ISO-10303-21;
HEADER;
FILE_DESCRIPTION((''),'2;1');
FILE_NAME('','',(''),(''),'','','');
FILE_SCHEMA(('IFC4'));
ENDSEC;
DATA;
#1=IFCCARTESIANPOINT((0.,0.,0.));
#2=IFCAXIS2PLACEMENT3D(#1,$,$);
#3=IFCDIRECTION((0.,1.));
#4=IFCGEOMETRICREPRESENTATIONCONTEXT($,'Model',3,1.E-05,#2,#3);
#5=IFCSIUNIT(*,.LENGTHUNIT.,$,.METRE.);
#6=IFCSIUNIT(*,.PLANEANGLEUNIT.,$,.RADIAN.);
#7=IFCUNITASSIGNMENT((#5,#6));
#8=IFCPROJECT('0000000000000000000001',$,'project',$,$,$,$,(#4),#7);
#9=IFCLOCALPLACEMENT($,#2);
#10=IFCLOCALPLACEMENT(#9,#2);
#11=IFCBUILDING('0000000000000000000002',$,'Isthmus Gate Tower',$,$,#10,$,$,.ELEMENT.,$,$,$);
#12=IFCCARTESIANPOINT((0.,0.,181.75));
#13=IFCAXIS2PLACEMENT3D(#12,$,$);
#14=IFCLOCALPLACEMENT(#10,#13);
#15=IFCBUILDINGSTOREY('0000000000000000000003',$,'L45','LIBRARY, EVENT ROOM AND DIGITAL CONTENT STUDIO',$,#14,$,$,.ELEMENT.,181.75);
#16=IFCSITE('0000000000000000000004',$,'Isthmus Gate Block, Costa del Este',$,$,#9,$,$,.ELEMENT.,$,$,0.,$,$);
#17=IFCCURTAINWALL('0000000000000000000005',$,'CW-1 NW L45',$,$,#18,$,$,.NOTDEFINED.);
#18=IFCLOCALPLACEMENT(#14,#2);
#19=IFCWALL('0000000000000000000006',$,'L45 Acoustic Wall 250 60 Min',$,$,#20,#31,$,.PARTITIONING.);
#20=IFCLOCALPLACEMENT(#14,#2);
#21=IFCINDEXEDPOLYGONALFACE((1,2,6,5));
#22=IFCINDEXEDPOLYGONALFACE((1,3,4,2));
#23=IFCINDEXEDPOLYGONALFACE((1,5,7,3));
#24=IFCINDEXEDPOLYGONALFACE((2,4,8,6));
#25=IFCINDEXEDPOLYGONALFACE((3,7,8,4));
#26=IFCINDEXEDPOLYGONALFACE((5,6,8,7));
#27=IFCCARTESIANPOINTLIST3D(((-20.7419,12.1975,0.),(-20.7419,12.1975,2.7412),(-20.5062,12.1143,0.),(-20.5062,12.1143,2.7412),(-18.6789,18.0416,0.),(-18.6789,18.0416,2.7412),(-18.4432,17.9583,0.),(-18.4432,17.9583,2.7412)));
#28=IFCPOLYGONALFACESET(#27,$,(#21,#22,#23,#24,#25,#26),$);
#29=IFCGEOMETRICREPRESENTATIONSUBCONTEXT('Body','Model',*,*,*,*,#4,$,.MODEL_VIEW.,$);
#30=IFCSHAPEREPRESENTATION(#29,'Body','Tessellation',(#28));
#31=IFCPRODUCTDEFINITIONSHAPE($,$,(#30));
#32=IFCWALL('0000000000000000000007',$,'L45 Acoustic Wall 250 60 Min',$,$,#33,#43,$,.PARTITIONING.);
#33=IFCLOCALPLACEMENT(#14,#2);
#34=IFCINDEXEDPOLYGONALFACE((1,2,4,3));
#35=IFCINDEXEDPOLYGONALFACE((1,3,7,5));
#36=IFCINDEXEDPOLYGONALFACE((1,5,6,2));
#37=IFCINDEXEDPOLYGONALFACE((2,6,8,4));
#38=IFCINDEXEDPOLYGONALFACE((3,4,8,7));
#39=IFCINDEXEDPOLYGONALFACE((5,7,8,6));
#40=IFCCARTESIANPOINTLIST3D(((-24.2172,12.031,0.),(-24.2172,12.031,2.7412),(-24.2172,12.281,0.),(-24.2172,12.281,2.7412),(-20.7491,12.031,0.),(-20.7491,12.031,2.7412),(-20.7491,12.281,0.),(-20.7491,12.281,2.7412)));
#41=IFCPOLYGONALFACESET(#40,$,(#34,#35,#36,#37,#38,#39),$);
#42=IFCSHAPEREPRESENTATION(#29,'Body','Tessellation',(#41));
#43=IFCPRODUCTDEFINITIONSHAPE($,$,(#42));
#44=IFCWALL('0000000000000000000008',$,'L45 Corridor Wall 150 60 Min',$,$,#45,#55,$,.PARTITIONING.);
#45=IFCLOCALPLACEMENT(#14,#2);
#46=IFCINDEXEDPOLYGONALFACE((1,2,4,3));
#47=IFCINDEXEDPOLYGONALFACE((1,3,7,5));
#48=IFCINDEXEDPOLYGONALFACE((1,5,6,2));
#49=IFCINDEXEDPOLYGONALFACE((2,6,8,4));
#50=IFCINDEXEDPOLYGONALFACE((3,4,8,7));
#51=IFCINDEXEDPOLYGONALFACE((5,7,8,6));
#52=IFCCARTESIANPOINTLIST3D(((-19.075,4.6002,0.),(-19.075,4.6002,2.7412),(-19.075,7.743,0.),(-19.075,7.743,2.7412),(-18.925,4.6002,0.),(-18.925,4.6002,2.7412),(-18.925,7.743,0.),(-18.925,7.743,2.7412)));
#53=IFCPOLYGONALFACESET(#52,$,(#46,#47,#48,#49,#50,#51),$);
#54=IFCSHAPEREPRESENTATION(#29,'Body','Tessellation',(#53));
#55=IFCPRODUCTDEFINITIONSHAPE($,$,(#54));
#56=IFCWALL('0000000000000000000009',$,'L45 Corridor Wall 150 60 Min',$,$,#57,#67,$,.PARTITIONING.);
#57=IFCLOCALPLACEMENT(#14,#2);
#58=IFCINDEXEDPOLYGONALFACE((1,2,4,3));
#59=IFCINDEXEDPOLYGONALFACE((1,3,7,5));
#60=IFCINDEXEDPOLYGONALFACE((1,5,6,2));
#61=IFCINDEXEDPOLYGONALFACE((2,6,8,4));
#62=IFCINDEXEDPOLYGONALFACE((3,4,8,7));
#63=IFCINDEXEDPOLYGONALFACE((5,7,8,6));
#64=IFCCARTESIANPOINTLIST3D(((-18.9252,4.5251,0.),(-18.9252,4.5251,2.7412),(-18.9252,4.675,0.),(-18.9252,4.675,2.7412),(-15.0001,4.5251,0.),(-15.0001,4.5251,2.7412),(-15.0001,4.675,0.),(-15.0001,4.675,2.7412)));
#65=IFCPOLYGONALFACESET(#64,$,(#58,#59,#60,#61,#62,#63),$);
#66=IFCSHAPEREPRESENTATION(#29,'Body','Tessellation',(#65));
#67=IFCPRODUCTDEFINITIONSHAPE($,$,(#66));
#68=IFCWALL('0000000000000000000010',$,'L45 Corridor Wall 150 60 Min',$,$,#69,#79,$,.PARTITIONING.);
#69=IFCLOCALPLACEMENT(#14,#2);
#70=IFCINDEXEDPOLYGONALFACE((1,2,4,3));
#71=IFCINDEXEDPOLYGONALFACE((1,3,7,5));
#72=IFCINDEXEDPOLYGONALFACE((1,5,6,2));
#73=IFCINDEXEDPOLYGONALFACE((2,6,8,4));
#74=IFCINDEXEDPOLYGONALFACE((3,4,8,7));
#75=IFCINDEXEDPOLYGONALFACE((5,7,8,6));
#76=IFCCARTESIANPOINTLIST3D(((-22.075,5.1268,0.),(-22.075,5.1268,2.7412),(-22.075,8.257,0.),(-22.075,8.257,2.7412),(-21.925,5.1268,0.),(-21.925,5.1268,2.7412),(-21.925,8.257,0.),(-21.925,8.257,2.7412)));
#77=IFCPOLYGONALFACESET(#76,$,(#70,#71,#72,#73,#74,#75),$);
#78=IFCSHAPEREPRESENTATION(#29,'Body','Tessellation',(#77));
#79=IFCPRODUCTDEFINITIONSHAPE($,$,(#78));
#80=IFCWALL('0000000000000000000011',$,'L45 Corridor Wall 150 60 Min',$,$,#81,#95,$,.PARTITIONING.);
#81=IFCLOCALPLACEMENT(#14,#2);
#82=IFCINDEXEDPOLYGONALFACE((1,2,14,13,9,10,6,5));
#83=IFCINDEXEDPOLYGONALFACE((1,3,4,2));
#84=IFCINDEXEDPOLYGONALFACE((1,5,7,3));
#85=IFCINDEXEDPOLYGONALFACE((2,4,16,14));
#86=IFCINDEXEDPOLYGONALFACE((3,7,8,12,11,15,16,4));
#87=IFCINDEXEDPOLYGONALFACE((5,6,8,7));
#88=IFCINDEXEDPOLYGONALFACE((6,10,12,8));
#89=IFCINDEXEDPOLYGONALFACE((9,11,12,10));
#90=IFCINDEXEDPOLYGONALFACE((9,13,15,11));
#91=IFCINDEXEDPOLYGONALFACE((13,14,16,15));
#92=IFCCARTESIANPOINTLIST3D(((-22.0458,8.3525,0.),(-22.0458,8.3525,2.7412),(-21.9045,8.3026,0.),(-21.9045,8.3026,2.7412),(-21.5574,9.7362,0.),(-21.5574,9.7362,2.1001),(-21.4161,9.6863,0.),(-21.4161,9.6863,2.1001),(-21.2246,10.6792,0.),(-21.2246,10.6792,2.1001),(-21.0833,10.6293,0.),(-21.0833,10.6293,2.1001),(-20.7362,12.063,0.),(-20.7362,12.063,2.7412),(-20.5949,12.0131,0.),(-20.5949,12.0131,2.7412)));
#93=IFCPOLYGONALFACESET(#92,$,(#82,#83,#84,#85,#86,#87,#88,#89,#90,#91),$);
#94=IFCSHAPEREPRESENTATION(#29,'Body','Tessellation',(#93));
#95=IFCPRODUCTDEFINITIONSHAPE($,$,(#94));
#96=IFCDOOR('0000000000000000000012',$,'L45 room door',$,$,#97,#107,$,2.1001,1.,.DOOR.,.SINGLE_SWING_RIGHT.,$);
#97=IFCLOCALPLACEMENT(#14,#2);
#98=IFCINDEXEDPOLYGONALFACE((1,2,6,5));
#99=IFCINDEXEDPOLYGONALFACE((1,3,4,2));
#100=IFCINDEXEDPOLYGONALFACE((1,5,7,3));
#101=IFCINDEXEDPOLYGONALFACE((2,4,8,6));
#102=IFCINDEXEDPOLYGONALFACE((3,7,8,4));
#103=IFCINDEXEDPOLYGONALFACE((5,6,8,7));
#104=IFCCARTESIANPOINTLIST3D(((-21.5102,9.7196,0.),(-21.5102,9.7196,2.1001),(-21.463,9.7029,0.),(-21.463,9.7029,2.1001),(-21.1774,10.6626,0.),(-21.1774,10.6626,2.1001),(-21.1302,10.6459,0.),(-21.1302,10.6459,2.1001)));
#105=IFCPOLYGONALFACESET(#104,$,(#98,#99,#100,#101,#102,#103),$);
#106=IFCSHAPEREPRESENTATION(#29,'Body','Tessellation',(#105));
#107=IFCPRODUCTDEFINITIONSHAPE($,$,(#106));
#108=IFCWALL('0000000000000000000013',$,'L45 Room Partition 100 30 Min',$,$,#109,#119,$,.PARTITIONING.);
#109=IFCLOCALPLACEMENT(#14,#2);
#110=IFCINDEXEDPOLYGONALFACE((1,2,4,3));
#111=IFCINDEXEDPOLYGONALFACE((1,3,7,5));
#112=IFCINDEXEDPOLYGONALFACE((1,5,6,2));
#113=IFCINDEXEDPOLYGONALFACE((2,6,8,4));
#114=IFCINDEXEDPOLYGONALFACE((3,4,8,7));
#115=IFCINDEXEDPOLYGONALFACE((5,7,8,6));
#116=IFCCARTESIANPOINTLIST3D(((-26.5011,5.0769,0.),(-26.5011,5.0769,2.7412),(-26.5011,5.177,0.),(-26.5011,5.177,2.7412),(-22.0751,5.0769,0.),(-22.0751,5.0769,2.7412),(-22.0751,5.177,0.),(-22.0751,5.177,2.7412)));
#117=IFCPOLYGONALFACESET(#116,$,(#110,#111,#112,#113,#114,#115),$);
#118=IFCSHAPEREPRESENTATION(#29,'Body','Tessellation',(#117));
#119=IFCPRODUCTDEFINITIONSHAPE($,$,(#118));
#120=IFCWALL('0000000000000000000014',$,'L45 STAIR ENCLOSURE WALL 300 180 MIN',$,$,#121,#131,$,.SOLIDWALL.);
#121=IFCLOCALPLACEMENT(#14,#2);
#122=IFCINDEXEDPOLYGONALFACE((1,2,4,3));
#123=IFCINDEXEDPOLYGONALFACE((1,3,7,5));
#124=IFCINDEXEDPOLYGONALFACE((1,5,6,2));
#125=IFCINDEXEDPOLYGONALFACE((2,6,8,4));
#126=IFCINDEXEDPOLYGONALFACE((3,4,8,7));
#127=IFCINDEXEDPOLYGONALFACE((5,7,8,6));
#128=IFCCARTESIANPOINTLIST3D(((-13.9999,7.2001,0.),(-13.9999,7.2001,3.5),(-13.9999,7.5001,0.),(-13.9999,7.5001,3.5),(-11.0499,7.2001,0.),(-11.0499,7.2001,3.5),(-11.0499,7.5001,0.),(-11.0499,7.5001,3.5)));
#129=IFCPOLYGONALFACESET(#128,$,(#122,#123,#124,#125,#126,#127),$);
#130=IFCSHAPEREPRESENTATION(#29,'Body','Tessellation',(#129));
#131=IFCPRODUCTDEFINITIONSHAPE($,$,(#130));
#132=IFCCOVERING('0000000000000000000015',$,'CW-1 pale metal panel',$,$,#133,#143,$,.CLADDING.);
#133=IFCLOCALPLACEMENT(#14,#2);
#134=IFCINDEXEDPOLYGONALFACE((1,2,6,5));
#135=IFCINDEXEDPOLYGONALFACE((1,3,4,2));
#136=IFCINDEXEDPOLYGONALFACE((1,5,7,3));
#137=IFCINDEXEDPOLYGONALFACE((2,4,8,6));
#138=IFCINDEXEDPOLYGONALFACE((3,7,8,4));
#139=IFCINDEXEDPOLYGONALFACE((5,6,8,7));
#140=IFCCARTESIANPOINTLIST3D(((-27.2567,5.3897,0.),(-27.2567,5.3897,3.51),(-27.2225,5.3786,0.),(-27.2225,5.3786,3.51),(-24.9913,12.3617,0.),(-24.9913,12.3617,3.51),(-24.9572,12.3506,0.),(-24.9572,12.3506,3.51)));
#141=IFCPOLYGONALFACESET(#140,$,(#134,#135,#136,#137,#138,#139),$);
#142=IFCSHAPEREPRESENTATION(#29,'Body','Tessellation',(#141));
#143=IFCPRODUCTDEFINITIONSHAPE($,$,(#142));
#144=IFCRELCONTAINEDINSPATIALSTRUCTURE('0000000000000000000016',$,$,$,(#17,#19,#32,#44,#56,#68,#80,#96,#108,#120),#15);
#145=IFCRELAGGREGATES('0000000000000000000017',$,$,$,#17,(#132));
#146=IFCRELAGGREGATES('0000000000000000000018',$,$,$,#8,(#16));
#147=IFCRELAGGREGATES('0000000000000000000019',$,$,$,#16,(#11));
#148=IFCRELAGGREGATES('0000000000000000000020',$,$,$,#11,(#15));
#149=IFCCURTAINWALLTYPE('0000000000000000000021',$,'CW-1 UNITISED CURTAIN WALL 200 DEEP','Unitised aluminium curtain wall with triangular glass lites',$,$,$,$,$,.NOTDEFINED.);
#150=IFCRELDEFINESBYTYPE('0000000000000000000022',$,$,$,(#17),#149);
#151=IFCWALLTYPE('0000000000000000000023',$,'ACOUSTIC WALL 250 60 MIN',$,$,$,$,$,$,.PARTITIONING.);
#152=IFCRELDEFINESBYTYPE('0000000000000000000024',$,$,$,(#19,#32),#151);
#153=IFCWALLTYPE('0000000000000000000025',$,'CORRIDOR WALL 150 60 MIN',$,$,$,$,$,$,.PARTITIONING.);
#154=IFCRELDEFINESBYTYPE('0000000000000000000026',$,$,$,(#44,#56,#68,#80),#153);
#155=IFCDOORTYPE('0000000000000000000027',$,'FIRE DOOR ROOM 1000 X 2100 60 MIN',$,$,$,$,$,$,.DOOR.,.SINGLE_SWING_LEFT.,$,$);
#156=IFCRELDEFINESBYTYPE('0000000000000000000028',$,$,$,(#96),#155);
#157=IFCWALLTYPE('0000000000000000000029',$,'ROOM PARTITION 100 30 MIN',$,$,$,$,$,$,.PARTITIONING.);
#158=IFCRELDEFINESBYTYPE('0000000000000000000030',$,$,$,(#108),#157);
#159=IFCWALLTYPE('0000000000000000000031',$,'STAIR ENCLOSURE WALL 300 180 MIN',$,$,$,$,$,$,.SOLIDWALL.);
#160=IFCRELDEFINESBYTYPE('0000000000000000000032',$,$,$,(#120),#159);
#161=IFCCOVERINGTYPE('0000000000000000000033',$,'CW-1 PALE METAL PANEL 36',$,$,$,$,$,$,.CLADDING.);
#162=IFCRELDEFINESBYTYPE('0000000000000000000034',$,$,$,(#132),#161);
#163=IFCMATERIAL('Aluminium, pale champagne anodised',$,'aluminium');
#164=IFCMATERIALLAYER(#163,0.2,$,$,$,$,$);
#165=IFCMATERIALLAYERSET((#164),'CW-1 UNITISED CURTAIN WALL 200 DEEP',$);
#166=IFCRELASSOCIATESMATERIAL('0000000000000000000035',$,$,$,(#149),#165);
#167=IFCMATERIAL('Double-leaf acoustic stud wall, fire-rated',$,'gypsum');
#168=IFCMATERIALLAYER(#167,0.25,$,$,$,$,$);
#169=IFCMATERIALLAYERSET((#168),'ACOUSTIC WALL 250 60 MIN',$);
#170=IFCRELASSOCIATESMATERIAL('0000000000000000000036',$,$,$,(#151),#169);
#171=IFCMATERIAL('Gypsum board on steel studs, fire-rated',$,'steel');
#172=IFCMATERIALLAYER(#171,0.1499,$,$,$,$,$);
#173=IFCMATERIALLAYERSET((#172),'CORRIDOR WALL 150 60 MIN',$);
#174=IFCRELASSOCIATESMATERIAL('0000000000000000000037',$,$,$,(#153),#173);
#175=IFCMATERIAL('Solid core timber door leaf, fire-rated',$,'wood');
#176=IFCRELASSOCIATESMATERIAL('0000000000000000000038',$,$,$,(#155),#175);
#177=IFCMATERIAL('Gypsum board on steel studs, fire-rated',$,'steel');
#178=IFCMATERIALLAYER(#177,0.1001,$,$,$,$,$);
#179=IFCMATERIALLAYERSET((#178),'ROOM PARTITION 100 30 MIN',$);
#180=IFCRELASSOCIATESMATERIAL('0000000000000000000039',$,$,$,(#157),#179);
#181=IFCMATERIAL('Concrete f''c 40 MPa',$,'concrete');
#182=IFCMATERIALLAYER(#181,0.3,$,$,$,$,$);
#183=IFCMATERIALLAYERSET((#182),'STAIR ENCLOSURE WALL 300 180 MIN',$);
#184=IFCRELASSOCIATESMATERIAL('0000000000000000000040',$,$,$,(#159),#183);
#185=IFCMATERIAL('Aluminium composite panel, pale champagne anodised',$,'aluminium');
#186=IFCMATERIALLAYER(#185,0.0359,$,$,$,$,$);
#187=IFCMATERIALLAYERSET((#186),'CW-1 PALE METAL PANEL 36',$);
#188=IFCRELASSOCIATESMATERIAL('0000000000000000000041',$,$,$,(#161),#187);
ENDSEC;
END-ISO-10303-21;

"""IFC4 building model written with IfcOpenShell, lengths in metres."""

from ifc_helpers import new_model, si_unit, direction, frame, frame_2d, origin, origin_2d, place, context, subcontext, project, spatial, rectangle, extrude, material, layer, layer_set, type_object, element, fill, aggregate, save


model = new_model("IFC4")

# Units and contexts
model_context = context("Model", 3, precision=1e-05, world=origin(), true_north=direction((0.0, 1.0)))
body_context = subcontext(model_context, "Body", "Model", "MODEL_VIEW")
ifc_project = project(units=[si_unit("LENGTHUNIT", "METRE"), si_unit("PLANEANGLEUNIT", "RADIAN")], contexts=[model_context])

# Site, building, storey
site_placement = place(None, origin())
site = spatial("IfcSite", under=ifc_project, at=site_placement, Name="Isthmus Gate Block, Costa del Este", CompositionType="ELEMENT", RefElevation=0.0)
building_placement = place(site_placement, origin())
building = spatial("IfcBuilding", under=site, at=building_placement, Name="Isthmus Gate Tower", CompositionType="ELEMENT")
storey_placement = place(building_placement, frame((0.0, 0.0, 181.75)))
storey = spatial("IfcBuildingStorey", under=building, at=storey_placement, Name="L45", Description="LIBRARY, EVENT ROOM AND DIGITAL CONTENT STUDIO", CompositionType="ELEMENT", Elevation=181.75)

# Curtain wall
ifc_material_1 = material(Name="Aluminium, pale champagne anodised", Category="aluminium")
ifc_layer_1 = layer(ifc_material_1, 0.2)
ifc_layer_set_1 = layer_set([ifc_layer_1], Name="CW-1 UNITISED CURTAIN WALL 200 DEEP")
curtain_wall_type = type_object("IfcCurtainWallType", Name="CW-1 UNITISED CURTAIN WALL 200 DEEP", Description="Unitised aluminium curtain wall with triangular glass lites", PredefinedType="NOTDEFINED", material=ifc_layer_set_1)
curtain_wall_placement = place(storey_placement, origin())
curtain_wall = element("IfcCurtainWall", 1, at=curtain_wall_placement, inside=storey, type_object=curtain_wall_type, Name="CW-1 NW L45", PredefinedType="NOTDEFINED")

# Walls
ifc_material_2 = material(Name="Double-leaf acoustic stud wall, fire-rated", Category="gypsum")
ifc_layer_2 = layer(ifc_material_2, 0.25)
ifc_layer_set_2 = layer_set([ifc_layer_2], Name="ACOUSTIC WALL 250 60 MIN")
wall_type_1 = type_object("IfcWallType", Name="ACOUSTIC WALL 250 60 MIN", PredefinedType="PARTITIONING", material=ifc_layer_set_2)
wall_1_placement = place(storey_placement, frame((-20.624, 12.156, 0.0), z_axis=(0.0, 0.0, 1.0), x_axis=(0.332878, 0.94297, 0.0)))
element("IfcWall", 2, at=wall_1_placement, inside=storey, type_object=wall_type_1, Name="L45 Acoustic Wall 250 60 Min", PredefinedType="PARTITIONING", context=body_context, shape_type="SweptSolid", body=[
    extrude(rectangle(XDim=6.1975, YDim=0.25, at=frame_2d((3.0986, 0.0))), origin(), (0.0, 0.0, 1.0), 2.7412),
])
wall_2_placement = place(storey_placement, frame((-24.217, 12.156, 0.0), z_axis=(0.0, 0.0, 1.0), x_axis=(1.0, 0.0, 0.0)))
element("IfcWall", 3, at=wall_2_placement, inside=storey, type_object=wall_type_1, Name="L45 Acoustic Wall 250 60 Min", PredefinedType="PARTITIONING", context=body_context, shape_type="SweptSolid", body=[
    extrude(rectangle(XDim=3.468, YDim=0.25, at=frame_2d((1.7339, 0.0))), origin(), (0.0, 0.0, 1.0), 2.7412),
])
ifc_material_3 = material(Name="Gypsum board on steel studs, fire-rated", Category="steel")
ifc_layer_3 = layer(ifc_material_3, 0.1499)
ifc_layer_set_3 = layer_set([ifc_layer_3], Name="CORRIDOR WALL 150 60 MIN")
wall_type_2 = type_object("IfcWallType", Name="CORRIDOR WALL 150 60 MIN", PredefinedType="PARTITIONING", material=ifc_layer_set_3)
wall_3_placement = place(storey_placement, frame((-19.0, 7.7429, 0.0), z_axis=(0.0, 0.0, 1.0), x_axis=(0.0, -1.0, 0.0)))
element("IfcWall", 4, at=wall_3_placement, inside=storey, type_object=wall_type_2, Name="L45 Corridor Wall 150 60 Min", PredefinedType="PARTITIONING", context=body_context, shape_type="SweptSolid", body=[
    extrude(rectangle(XDim=3.1428, YDim=0.1499, at=frame_2d((1.5713, 0.0))), origin(), (0.0, 0.0, 1.0), 2.7412),
])
wall_4_placement = place(storey_placement, frame((-18.925, 4.6001, 0.0), z_axis=(0.0, 0.0, 1.0), x_axis=(1.0, 0.0, 0.0)))
element("IfcWall", 5, at=wall_4_placement, inside=storey, type_object=wall_type_2, Name="L45 Corridor Wall 150 60 Min", PredefinedType="PARTITIONING", context=body_context, shape_type="SweptSolid", body=[
    extrude(rectangle(XDim=3.925, YDim=0.1499, at=frame_2d((1.9624, 0.0))), origin(), (0.0, 0.0, 1.0), 2.7412),
])
wall_5_placement = place(storey_placement, frame((-22.0, 5.127, 0.0), z_axis=(0.0, 0.0, 1.0), x_axis=(0.0, 1.0, 0.0)))
element("IfcWall", 6, at=wall_5_placement, inside=storey, type_object=wall_type_2, Name="L45 Corridor Wall 150 60 Min", PredefinedType="PARTITIONING", context=body_context, shape_type="SweptSolid", body=[
    extrude(rectangle(XDim=3.1301, YDim=0.1499, at=frame_2d((1.5649, 0.0))), origin(), (0.0, 0.0, 1.0), 2.7412),
])

# Wall, opening, door
wall_6_placement = place(storey_placement, frame((-21.9751, 8.3276, 0.0), z_axis=(0.0, 0.0, 1.0), x_axis=(0.33282, 0.94299, 0.0)))
wall_6 = element("IfcWall", 7, at=wall_6_placement, inside=storey, type_object=wall_type_2, Name="L45 Corridor Wall 150 60 Min", PredefinedType="PARTITIONING", context=body_context, shape_type="SweptSolid", body=[
    extrude(rectangle(XDim=3.9348, YDim=0.1499, at=frame_2d((1.9673, 0.0))), origin(), (0.0, 0.0, 1.0), 2.7412),
])
opening_placement = place(wall_6_placement, frame((1.4673, 0.0, 0.0)))
opening = element("IfcOpeningElement", 8, at=opening_placement, cuts=wall_6, PredefinedType="OPENING", context=body_context, shape_type="SweptSolid", body=[
    extrude(rectangle(XDim=1.0, YDim=2.1001, at=frame_2d((0.5, 1.05))), frame((0.0, 0.085, 0.0), z_axis=(0.0, -1.0, 0.0), x_axis=(1.0, 0.0, 0.0)), (0.0, 0.0, 1.0), 0.1699),
])
ifc_material_4 = material(Name="Solid core timber door leaf, fire-rated", Category="wood")
door_type = type_object("IfcDoorType", Name="FIRE DOOR ROOM 1000 X 2100 60 MIN", OperationType="SINGLE_SWING_LEFT", PredefinedType="DOOR", material=ifc_material_4)
door_placement = place(opening_placement, origin())
door = element("IfcDoor", 9, at=door_placement, inside=storey, type_object=door_type, Name="L45 room door", OperationType="SINGLE_SWING_RIGHT", OverallHeight=2.1001, OverallWidth=1.0, PredefinedType="DOOR", context=body_context, shape_type="SweptSolid", body=[
    extrude(rectangle(XDim=1.0, YDim=2.1001, at=frame_2d((0.5, 1.05))), frame((0.0, 0.0249, 0.0), z_axis=(0.0, -1.0, 0.0), x_axis=(1.0, 0.0, 0.0)), (0.0, 0.0, 1.0), 0.05),
])
fill(opening, door)

# Walls
ifc_material_5 = material(Name="Gypsum board on steel studs, fire-rated", Category="steel")
ifc_layer_4 = layer(ifc_material_5, 0.1001)
ifc_layer_set_4 = layer_set([ifc_layer_4], Name="ROOM PARTITION 100 30 MIN")
wall_type_3 = type_object("IfcWallType", Name="ROOM PARTITION 100 30 MIN", PredefinedType="PARTITIONING", material=ifc_layer_set_4)
wall_7_placement = place(storey_placement, frame((-26.501, 5.127, 0.0), z_axis=(0.0, 0.0, 1.0), x_axis=(1.0, 0.0, 0.0)))
element("IfcWall", 10, at=wall_7_placement, inside=storey, type_object=wall_type_3, Name="L45 Room Partition 100 30 Min", PredefinedType="PARTITIONING", context=body_context, shape_type="SweptSolid", body=[
    extrude(rectangle(XDim=4.426, YDim=0.1001, at=frame_2d((2.2129, 0.0))), origin(), (0.0, 0.0, 1.0), 2.7412),
])
ifc_material_6 = material(Name="Concrete f'c 40 MPa", Category="concrete")
ifc_layer_5 = layer(ifc_material_6, 0.3)
ifc_layer_set_5 = layer_set([ifc_layer_5], Name="STAIR ENCLOSURE WALL 300 180 MIN")
wall_type_4 = type_object("IfcWallType", Name="STAIR ENCLOSURE WALL 300 180 MIN", PredefinedType="SOLIDWALL", material=ifc_layer_set_5)
wall_8_placement = place(storey_placement, frame((-14.0, 7.3501, 0.0), z_axis=(0.0, 0.0, 1.0), x_axis=(1.0, 0.0, 0.0)))
element("IfcWall", 11, at=wall_8_placement, inside=storey, type_object=wall_type_4, Name="L45 STAIR ENCLOSURE WALL 300 180 MIN", PredefinedType="SOLIDWALL", context=body_context, shape_type="SweptSolid", body=[
    extrude(rectangle(XDim=2.95, YDim=0.3, at=frame_2d((1.4751, 0.0))), origin(), (0.0, 0.0, 1.0), 3.5),
])

# Covering
ifc_material_7 = material(Name="Aluminium composite panel, pale champagne anodised", Category="aluminium")
ifc_layer_6 = layer(ifc_material_7, 0.0359)
ifc_layer_set_6 = layer_set([ifc_layer_6], Name="CW-1 PALE METAL PANEL 36")
covering_type = type_object("IfcCoveringType", Name="CW-1 PALE METAL PANEL 36", PredefinedType="CLADDING", material=ifc_layer_set_6)
covering_placement = place(storey_placement, frame((-26.1069, 8.8701, 0.0), z_axis=(0.0, 0.0, 1.0), x_axis=(-0.309017, -0.951057, 0.0)))
covering = element("IfcCovering", 12, at=covering_placement, type_object=covering_type, Name="CW-1 pale metal panel", PredefinedType="CLADDING", context=body_context, shape_type="SweptSolid", body=[
    extrude(rectangle(XDim=7.3308, YDim=0.0359, at=origin_2d()), origin(), (0.0, 0.0, 1.0), 3.51),
])
aggregate(curtain_wall, [covering])

save(model, "model.ifc")
